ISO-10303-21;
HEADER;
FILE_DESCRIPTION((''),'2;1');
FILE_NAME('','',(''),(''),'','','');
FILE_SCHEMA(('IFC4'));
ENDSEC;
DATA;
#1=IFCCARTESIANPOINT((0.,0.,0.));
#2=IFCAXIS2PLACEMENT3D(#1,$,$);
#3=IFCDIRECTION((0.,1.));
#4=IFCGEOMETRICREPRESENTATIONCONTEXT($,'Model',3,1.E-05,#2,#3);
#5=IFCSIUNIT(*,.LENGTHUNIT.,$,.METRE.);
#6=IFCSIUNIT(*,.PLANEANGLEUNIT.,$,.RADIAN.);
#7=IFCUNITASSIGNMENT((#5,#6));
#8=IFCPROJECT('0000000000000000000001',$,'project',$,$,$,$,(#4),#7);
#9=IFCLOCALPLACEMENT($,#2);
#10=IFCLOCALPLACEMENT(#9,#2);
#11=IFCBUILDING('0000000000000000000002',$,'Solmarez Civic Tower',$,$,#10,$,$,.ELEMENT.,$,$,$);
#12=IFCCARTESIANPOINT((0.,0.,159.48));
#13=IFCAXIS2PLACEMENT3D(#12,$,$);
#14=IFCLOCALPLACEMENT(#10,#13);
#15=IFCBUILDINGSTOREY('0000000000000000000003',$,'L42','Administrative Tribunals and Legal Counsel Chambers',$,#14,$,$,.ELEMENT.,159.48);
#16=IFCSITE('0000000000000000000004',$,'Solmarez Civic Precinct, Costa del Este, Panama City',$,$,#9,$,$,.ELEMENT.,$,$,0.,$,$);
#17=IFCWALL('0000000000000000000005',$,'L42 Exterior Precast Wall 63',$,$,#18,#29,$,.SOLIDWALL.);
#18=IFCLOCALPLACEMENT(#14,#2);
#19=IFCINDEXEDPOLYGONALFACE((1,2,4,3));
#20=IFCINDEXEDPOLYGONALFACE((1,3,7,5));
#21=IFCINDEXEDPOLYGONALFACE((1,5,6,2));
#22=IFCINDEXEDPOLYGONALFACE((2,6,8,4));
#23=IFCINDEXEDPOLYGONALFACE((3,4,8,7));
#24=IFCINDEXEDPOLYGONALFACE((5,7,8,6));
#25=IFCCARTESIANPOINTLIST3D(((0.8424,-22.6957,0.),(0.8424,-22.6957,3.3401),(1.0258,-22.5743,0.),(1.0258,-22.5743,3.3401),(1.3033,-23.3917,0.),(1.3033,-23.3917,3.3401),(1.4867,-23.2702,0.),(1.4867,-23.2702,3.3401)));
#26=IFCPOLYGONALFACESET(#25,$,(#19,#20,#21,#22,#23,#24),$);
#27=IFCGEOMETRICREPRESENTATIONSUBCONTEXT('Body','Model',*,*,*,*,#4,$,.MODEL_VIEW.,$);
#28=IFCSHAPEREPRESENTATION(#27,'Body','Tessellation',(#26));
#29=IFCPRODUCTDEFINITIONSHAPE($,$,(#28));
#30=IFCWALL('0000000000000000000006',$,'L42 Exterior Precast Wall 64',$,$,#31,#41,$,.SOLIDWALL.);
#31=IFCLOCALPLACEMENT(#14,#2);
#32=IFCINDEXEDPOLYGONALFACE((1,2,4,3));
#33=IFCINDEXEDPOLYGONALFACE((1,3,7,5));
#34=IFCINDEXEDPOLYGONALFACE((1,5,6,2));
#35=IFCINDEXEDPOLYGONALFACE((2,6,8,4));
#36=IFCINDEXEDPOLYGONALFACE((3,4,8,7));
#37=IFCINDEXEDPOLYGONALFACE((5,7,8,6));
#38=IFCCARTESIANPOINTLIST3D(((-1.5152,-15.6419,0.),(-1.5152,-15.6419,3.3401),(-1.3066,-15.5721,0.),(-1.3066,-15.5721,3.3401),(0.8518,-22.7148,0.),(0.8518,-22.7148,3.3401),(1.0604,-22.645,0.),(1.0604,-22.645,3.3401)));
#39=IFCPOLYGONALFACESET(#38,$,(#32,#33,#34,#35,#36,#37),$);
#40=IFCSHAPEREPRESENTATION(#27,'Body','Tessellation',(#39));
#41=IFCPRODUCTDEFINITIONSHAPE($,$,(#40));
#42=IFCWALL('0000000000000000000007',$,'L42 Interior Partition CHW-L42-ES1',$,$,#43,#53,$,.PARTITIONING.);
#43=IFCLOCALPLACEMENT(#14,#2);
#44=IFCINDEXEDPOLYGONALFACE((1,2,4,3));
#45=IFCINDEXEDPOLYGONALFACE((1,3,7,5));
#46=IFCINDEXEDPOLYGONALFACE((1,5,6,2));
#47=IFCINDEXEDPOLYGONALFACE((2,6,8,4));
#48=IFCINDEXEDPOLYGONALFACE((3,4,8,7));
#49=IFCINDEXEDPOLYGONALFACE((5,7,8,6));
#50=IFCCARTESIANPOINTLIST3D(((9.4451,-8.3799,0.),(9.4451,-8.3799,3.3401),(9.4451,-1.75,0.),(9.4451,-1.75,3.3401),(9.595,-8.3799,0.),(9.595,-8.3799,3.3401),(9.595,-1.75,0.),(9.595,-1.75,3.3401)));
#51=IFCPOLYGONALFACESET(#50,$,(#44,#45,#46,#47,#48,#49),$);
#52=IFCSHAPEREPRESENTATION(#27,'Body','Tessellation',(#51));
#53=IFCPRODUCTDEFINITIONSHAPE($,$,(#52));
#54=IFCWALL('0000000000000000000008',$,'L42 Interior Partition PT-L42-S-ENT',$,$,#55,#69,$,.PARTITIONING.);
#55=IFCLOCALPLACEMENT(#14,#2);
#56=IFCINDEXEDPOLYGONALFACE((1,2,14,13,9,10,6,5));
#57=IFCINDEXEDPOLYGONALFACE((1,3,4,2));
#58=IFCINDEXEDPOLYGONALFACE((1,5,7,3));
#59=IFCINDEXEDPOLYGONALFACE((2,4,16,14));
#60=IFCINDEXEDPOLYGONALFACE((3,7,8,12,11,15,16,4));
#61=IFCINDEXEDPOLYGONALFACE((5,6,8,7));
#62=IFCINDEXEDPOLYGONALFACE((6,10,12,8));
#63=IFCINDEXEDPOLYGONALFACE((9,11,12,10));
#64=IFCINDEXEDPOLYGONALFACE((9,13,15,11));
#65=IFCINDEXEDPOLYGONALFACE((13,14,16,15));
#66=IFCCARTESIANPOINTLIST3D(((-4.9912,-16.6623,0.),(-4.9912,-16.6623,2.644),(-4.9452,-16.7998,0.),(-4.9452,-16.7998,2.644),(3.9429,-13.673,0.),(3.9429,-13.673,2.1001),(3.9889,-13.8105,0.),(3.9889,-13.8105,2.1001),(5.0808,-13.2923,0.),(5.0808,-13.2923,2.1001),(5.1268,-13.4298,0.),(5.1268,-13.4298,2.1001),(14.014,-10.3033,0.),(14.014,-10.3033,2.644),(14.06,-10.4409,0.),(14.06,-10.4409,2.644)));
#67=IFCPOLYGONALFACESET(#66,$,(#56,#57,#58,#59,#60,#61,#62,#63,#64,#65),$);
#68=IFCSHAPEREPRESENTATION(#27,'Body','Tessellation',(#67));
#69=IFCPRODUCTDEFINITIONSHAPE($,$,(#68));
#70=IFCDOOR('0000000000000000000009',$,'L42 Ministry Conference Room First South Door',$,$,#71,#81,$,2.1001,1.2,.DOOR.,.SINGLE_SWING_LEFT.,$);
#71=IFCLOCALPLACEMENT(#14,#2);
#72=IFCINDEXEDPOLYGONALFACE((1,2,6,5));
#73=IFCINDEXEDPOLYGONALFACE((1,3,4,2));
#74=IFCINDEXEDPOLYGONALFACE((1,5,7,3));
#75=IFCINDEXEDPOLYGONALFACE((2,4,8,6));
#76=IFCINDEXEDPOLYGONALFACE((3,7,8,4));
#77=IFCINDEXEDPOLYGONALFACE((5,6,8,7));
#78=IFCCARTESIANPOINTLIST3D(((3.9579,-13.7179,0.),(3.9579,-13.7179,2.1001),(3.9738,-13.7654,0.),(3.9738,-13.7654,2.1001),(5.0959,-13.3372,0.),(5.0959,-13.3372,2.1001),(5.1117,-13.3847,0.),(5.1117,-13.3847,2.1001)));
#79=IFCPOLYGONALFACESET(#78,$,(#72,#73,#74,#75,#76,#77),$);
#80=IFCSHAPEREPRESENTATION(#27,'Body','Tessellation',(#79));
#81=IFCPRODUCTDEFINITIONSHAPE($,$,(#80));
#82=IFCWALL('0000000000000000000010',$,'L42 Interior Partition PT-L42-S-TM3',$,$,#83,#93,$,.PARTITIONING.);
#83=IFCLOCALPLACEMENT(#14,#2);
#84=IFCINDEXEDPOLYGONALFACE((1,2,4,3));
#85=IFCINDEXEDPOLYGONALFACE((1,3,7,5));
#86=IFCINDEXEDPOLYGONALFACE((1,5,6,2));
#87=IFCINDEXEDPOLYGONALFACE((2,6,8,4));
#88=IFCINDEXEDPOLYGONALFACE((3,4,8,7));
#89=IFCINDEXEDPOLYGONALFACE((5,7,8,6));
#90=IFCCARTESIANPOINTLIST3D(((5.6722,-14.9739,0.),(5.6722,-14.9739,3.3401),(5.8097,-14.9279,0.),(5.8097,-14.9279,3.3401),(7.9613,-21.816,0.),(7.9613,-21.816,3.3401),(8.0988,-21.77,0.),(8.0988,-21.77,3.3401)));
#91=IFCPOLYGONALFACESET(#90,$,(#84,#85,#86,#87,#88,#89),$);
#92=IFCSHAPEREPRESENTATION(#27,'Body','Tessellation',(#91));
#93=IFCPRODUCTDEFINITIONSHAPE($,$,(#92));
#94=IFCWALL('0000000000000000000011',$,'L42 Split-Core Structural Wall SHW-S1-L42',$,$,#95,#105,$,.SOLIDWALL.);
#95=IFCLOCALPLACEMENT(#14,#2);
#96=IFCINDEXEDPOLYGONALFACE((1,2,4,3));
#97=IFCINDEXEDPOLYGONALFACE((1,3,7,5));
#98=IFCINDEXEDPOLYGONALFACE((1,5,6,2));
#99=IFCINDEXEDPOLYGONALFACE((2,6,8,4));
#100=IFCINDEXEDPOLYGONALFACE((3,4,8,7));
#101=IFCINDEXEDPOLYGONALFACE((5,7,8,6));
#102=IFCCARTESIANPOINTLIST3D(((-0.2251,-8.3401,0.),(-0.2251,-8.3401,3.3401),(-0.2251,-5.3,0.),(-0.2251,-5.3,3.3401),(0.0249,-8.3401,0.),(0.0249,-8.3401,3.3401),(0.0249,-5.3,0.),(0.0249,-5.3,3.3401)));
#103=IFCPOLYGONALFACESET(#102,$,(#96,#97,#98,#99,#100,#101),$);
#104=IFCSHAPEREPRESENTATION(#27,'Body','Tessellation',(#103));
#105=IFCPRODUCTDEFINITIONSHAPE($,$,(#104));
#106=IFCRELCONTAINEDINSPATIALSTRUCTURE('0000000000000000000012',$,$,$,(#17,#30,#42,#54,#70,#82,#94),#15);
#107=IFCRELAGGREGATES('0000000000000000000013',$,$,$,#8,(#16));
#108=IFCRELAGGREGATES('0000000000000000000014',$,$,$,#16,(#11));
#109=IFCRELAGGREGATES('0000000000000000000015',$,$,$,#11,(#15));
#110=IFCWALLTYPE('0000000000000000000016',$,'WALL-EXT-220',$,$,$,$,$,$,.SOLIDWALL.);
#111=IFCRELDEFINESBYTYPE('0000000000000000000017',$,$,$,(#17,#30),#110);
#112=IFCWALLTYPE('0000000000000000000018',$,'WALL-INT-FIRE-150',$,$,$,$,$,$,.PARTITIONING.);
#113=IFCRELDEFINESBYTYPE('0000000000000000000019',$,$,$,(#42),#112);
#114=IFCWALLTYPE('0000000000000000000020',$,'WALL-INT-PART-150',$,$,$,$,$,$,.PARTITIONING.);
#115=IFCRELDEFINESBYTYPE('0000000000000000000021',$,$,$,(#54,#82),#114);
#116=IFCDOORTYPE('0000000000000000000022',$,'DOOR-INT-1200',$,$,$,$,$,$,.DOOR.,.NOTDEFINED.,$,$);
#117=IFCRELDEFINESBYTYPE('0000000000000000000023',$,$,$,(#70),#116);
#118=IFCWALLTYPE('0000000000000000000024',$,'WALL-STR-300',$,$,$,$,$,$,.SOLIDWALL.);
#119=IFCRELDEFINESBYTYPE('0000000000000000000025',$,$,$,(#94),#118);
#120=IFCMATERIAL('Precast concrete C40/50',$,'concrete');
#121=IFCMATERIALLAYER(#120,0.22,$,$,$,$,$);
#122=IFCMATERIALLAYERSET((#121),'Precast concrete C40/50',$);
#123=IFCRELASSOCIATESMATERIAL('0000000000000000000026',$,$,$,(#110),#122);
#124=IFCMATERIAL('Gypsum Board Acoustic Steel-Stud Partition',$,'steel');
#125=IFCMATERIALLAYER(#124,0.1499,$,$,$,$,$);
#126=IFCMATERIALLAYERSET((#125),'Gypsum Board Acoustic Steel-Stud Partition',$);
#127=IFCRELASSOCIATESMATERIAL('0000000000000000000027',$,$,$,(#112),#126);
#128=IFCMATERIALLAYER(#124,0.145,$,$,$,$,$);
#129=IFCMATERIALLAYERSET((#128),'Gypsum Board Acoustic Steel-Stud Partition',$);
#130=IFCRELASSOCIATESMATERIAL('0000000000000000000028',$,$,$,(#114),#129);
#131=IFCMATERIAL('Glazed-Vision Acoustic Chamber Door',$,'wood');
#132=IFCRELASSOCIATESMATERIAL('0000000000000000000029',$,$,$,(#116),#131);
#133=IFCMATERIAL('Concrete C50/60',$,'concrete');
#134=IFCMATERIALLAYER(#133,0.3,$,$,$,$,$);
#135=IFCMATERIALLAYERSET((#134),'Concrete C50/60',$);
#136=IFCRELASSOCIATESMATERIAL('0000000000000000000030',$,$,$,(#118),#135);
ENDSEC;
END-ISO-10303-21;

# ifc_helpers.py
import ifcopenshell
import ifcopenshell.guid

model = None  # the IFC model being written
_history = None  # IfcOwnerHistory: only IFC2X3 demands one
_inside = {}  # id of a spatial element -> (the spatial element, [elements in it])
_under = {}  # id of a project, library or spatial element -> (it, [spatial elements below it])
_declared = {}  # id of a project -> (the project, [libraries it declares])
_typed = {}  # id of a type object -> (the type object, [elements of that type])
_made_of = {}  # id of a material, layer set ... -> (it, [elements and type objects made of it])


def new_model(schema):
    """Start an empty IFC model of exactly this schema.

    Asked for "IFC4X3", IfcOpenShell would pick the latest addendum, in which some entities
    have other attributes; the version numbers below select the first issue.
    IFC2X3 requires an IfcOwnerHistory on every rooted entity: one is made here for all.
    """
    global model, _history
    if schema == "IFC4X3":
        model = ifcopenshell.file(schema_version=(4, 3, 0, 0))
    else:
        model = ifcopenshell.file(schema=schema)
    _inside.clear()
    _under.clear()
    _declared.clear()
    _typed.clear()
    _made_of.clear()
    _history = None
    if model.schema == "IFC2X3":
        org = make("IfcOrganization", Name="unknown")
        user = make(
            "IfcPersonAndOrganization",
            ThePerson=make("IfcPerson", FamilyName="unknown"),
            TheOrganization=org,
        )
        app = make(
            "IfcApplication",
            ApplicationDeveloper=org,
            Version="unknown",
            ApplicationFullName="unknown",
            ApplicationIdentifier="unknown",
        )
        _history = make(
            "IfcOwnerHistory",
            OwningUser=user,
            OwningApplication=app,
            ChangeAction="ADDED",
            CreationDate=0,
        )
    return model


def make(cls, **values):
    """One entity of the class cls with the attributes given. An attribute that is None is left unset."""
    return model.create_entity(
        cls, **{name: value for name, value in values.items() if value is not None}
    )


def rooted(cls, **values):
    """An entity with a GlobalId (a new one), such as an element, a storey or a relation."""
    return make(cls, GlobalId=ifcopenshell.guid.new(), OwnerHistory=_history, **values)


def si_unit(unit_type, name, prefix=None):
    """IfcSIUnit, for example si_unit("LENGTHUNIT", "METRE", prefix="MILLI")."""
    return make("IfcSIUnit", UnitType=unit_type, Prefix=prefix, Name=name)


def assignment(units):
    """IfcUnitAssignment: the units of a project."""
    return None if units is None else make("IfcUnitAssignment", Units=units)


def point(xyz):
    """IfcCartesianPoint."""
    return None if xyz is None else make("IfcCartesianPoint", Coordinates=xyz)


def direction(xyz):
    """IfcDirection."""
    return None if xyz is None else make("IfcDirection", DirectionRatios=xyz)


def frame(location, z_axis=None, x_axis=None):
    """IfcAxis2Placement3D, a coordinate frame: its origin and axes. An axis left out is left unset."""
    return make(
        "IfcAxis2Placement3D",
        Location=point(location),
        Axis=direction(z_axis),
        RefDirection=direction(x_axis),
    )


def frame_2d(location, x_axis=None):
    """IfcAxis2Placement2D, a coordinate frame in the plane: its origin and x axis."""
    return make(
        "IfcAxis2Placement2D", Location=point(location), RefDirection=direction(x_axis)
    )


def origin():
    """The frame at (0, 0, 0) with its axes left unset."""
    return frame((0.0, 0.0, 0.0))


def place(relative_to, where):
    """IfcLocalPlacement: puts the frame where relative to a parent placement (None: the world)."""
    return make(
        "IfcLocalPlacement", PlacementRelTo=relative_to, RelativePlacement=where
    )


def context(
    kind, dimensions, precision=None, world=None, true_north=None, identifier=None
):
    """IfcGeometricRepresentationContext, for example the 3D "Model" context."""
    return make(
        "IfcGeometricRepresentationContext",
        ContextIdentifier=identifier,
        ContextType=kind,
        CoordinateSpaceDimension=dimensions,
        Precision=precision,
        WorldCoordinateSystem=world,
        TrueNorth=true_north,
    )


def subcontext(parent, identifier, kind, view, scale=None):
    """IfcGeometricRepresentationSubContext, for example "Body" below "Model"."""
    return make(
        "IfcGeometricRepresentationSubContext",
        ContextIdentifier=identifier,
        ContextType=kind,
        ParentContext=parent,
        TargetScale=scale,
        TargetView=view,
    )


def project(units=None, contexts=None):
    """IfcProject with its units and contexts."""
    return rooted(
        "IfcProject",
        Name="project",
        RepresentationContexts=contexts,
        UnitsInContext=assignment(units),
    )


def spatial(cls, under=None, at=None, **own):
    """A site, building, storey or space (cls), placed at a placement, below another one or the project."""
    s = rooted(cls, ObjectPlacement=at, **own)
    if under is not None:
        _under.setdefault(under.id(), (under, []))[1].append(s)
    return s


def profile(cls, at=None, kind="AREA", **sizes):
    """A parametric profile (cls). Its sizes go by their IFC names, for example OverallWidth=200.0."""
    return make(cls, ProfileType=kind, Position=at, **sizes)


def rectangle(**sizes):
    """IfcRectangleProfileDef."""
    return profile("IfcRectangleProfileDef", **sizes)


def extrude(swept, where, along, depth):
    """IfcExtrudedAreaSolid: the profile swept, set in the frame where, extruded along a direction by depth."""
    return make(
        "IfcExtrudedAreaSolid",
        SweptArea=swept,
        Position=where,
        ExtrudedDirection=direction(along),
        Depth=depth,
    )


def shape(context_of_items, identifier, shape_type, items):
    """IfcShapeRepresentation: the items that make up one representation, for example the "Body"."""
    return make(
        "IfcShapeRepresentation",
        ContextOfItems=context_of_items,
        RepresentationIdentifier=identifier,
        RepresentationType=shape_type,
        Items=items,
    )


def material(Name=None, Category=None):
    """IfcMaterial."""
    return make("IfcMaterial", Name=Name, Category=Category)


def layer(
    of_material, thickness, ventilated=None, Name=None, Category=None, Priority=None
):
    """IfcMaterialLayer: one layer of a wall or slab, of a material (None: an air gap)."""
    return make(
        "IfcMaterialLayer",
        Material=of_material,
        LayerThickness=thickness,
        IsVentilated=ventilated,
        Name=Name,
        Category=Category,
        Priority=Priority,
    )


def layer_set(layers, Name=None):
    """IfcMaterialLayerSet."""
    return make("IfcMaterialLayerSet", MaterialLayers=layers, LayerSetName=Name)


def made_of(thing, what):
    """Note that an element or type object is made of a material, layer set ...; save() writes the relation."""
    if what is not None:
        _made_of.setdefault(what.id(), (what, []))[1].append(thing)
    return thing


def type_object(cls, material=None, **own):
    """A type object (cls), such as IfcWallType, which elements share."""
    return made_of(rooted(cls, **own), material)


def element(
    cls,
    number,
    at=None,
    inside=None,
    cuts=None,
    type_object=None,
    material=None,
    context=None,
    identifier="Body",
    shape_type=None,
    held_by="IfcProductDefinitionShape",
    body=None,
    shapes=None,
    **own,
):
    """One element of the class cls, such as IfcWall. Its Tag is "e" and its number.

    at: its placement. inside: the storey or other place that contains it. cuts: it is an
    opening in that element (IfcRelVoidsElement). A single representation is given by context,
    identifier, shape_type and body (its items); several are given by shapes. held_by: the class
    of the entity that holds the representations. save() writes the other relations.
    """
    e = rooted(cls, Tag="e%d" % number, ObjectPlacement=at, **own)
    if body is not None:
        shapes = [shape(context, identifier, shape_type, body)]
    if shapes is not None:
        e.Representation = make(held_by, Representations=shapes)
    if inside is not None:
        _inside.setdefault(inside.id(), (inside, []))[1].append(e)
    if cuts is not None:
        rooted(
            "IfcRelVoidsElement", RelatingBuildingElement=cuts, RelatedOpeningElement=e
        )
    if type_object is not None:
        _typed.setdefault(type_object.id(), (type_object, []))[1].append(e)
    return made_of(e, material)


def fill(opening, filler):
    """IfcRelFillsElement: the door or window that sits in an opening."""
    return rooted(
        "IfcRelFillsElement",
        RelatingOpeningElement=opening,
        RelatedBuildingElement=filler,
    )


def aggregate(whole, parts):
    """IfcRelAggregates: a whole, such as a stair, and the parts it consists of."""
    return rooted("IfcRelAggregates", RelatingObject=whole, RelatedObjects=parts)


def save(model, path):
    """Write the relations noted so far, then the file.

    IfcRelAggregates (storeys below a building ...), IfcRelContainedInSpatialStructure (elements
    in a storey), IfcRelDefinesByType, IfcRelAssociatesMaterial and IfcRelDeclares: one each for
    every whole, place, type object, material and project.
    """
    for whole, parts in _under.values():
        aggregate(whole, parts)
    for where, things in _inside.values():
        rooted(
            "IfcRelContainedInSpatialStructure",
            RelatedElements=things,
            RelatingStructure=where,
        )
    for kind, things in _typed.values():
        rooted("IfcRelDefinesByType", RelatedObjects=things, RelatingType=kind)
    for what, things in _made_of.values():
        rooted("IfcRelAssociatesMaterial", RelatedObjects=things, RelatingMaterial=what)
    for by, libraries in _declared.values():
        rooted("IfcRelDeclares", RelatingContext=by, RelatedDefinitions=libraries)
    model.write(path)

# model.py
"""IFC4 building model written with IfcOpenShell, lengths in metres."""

from ifc_helpers import new_model, si_unit, direction, frame, frame_2d, origin, place, context, subcontext, project, spatial, rectangle, extrude, material, layer, layer_set, type_object, element, fill, save


model = new_model("IFC4")

# Units and contexts
model_context = context("Model", 3, precision=1e-05, world=origin(), true_north=direction((0.0, 1.0)))
body_context = subcontext(model_context, "Body", "Model", "MODEL_VIEW")
ifc_project = project(units=[si_unit("LENGTHUNIT", "METRE"), si_unit("PLANEANGLEUNIT", "RADIAN")], contexts=[model_context])

# Site, building, storey
site_placement = place(None, origin())
site = spatial("IfcSite", under=ifc_project, at=site_placement, Name="Solmarez Civic Precinct, Costa del Este, Panama City", CompositionType="ELEMENT", RefElevation=0.0)
building_placement = place(site_placement, origin())
building = spatial("IfcBuilding", under=site, at=building_placement, Name="Solmarez Civic Tower", CompositionType="ELEMENT")
storey_placement = place(building_placement, frame((0.0, 0.0, 159.48)))
storey = spatial("IfcBuildingStorey", under=building, at=storey_placement, Name="L42", Description="Administrative Tribunals and Legal Counsel Chambers", CompositionType="ELEMENT", Elevation=159.48)

# Shared definitions
ifc_material_1 = material(Name="Concrete C50/60", Category="concrete")

# Shared definitions
ifc_material_2 = material(Name="Precast concrete C40/50", Category="concrete")
ifc_layer_1 = layer(ifc_material_2, 0.22)
ifc_layer_set_1 = layer_set([ifc_layer_1], Name="Precast concrete C40/50")
wall_type_1 = type_object("IfcWallType", Name="WALL-EXT-220", PredefinedType="SOLIDWALL", material=ifc_layer_set_1)

# Walls
wall_1_placement = place(storey_placement, frame((1.395, -23.3311, 0.0), z_axis=(0.0, 0.0, 1.0), x_axis=(-0.552133, 0.833756, 0.0)))
element("IfcWall", 1, at=wall_1_placement, inside=storey, type_object=wall_type_1, Name="L42 Exterior Precast Wall 63", PredefinedType="SOLIDWALL", context=body_context, shape_type="SweptSolid", body=[
    extrude(rectangle(XDim=0.8347, YDim=0.22, at=frame_2d((0.4175, 0.0))), origin(), (0.0, 0.0, 1.0), 3.3401),
])
wall_2_placement = place(storey_placement, frame((0.9561, -22.6799, 0.0), z_axis=(0.0, 0.0, 1.0), x_axis=(-0.317347, 0.948309, 0.0)))
element("IfcWall", 2, at=wall_2_placement, inside=storey, type_object=wall_type_1, Name="L42 Exterior Precast Wall 64", PredefinedType="SOLIDWALL", context=body_context, shape_type="SweptSolid", body=[
    extrude(rectangle(XDim=7.4585, YDim=0.22, at=frame_2d((3.7292, 0.0))), origin(), (0.0, 0.0, 1.0), 3.3401),
])
ifc_material_3 = material(Name="Gypsum Board Acoustic Steel-Stud Partition", Category="steel")
ifc_layer_2 = layer(ifc_material_3, 0.1499)
ifc_layer_set_2 = layer_set([ifc_layer_2], Name="Gypsum Board Acoustic Steel-Stud Partition")
wall_type_2 = type_object("IfcWallType", Name="WALL-INT-FIRE-150", PredefinedType="PARTITIONING", material=ifc_layer_set_2)
wall_3_placement = place(storey_placement, frame((9.52, -8.3799, 0.0), z_axis=(0.0, 0.0, 1.0), x_axis=(0.0, 1.0, 0.0)))
element("IfcWall", 3, at=wall_3_placement, inside=storey, type_object=wall_type_2, Name="L42 Interior Partition CHW-L42-ES1", PredefinedType="PARTITIONING", context=body_context, shape_type="SweptSolid", body=[
    extrude(rectangle(XDim=6.6299, YDim=0.1499, at=frame_2d((3.3149, 0.0))), origin(), (0.0, 0.0, 1.0), 3.3401),
])

# Wall, opening, door
ifc_layer_3 = layer(ifc_material_3, 0.145)
ifc_layer_set_3 = layer_set([ifc_layer_3], Name="Gypsum Board Acoustic Steel-Stud Partition")
wall_type_3 = type_object("IfcWallType", Name="WALL-INT-PART-150", PredefinedType="PARTITIONING", material=ifc_layer_set_3)
wall_4_placement = place(storey_placement, frame((14.0371, -10.3721, 0.0), z_axis=(0.0, 0.0, 1.0), x_axis=(-0.948326, -0.317298, 0.0)))
wall_4 = element("IfcWall", 4, at=wall_4_placement, inside=storey, type_object=wall_type_3, Name="L42 Interior Partition PT-L42-S-ENT", PredefinedType="PARTITIONING", context=body_context, shape_type="SweptSolid", body=[
    extrude(rectangle(XDim=20.0408, YDim=0.145, at=frame_2d((10.0205, 0.0))), origin(), (0.0, 0.0, 1.0), 2.644),
])
opening_1_placement = place(wall_4_placement, frame((9.4199, 0.0, 0.0)))
opening_1 = element("IfcOpeningElement", 5, at=opening_1_placement, cuts=wall_4, PredefinedType="OPENING", context=body_context, shape_type="SweptSolid", body=[
    extrude(rectangle(XDim=1.2, YDim=2.1001, at=frame_2d((0.6001, 1.05))), frame((0.0, 0.0825, 0.0), z_axis=(0.0, -1.0, 0.0), x_axis=(1.0, 0.0, 0.0)), (0.0, 0.0, 1.0), 0.165),
])
ifc_material_4 = material(Name="Glazed-Vision Acoustic Chamber Door", Category="wood")
door_type = type_object("IfcDoorType", Name="DOOR-INT-1200", OperationType="NOTDEFINED", PredefinedType="DOOR", material=ifc_material_4)
door_placement = place(opening_1_placement, origin())
door = element("IfcDoor", 6, at=door_placement, inside=storey, type_object=door_type, Name="L42 Ministry Conference Room First South Door", OperationType="SINGLE_SWING_LEFT", OverallHeight=2.1001, OverallWidth=1.2, PredefinedType="DOOR", context=body_context, shape_type="SweptSolid", body=[
    extrude(rectangle(XDim=1.2, YDim=2.1001, at=frame_2d((0.6001, 1.05))), frame((0.0, 0.0249, 0.0), z_axis=(0.0, -1.0, 0.0), x_axis=(1.0, 0.0, 0.0)), (0.0, 0.0, 1.0), 0.05),
])
fill(opening_1, door)

# Walls
wall_5_placement = place(storey_placement, frame((5.741, -14.9509, 0.0), z_axis=(0.0, 0.0, 1.0), x_axis=(0.317273, -0.948334, 0.0)))
element("IfcWall", 7, at=wall_5_placement, inside=storey, type_object=wall_type_3, Name="L42 Interior Partition PT-L42-S-TM3", PredefinedType="PARTITIONING", context=body_context, shape_type="SweptSolid", body=[
    extrude(rectangle(XDim=7.2148, YDim=0.145, at=frame_2d((3.6074, 0.0))), origin(), (0.0, 0.0, 1.0), 3.3401),
])
ifc_layer_4 = layer(ifc_material_1, 0.3)
ifc_layer_set_4 = layer_set([ifc_layer_4], Name="Concrete C50/60")
wall_type_4 = type_object("IfcWallType", Name="WALL-STR-300", PredefinedType="SOLIDWALL", material=ifc_layer_set_4)
wall_6_placement = place(storey_placement, frame((-0.1001, -8.3401, 0.0), z_axis=(0.0, 0.0, 1.0), x_axis=(0.0, 1.0, 0.0)))
element("IfcWall", 8, at=wall_6_placement, inside=storey, type_object=wall_type_4, Name="L42 Split-Core Structural Wall SHW-S1-L42", PredefinedType="SOLIDWALL", context=body_context, shape_type="SweptSolid", body=[
    extrude(rectangle(XDim=3.04, YDim=0.25, at=frame_2d((1.52, 0.0))), origin(), (0.0, 0.0, 1.0), 3.3401),
])

save(model, "model.ifc")
